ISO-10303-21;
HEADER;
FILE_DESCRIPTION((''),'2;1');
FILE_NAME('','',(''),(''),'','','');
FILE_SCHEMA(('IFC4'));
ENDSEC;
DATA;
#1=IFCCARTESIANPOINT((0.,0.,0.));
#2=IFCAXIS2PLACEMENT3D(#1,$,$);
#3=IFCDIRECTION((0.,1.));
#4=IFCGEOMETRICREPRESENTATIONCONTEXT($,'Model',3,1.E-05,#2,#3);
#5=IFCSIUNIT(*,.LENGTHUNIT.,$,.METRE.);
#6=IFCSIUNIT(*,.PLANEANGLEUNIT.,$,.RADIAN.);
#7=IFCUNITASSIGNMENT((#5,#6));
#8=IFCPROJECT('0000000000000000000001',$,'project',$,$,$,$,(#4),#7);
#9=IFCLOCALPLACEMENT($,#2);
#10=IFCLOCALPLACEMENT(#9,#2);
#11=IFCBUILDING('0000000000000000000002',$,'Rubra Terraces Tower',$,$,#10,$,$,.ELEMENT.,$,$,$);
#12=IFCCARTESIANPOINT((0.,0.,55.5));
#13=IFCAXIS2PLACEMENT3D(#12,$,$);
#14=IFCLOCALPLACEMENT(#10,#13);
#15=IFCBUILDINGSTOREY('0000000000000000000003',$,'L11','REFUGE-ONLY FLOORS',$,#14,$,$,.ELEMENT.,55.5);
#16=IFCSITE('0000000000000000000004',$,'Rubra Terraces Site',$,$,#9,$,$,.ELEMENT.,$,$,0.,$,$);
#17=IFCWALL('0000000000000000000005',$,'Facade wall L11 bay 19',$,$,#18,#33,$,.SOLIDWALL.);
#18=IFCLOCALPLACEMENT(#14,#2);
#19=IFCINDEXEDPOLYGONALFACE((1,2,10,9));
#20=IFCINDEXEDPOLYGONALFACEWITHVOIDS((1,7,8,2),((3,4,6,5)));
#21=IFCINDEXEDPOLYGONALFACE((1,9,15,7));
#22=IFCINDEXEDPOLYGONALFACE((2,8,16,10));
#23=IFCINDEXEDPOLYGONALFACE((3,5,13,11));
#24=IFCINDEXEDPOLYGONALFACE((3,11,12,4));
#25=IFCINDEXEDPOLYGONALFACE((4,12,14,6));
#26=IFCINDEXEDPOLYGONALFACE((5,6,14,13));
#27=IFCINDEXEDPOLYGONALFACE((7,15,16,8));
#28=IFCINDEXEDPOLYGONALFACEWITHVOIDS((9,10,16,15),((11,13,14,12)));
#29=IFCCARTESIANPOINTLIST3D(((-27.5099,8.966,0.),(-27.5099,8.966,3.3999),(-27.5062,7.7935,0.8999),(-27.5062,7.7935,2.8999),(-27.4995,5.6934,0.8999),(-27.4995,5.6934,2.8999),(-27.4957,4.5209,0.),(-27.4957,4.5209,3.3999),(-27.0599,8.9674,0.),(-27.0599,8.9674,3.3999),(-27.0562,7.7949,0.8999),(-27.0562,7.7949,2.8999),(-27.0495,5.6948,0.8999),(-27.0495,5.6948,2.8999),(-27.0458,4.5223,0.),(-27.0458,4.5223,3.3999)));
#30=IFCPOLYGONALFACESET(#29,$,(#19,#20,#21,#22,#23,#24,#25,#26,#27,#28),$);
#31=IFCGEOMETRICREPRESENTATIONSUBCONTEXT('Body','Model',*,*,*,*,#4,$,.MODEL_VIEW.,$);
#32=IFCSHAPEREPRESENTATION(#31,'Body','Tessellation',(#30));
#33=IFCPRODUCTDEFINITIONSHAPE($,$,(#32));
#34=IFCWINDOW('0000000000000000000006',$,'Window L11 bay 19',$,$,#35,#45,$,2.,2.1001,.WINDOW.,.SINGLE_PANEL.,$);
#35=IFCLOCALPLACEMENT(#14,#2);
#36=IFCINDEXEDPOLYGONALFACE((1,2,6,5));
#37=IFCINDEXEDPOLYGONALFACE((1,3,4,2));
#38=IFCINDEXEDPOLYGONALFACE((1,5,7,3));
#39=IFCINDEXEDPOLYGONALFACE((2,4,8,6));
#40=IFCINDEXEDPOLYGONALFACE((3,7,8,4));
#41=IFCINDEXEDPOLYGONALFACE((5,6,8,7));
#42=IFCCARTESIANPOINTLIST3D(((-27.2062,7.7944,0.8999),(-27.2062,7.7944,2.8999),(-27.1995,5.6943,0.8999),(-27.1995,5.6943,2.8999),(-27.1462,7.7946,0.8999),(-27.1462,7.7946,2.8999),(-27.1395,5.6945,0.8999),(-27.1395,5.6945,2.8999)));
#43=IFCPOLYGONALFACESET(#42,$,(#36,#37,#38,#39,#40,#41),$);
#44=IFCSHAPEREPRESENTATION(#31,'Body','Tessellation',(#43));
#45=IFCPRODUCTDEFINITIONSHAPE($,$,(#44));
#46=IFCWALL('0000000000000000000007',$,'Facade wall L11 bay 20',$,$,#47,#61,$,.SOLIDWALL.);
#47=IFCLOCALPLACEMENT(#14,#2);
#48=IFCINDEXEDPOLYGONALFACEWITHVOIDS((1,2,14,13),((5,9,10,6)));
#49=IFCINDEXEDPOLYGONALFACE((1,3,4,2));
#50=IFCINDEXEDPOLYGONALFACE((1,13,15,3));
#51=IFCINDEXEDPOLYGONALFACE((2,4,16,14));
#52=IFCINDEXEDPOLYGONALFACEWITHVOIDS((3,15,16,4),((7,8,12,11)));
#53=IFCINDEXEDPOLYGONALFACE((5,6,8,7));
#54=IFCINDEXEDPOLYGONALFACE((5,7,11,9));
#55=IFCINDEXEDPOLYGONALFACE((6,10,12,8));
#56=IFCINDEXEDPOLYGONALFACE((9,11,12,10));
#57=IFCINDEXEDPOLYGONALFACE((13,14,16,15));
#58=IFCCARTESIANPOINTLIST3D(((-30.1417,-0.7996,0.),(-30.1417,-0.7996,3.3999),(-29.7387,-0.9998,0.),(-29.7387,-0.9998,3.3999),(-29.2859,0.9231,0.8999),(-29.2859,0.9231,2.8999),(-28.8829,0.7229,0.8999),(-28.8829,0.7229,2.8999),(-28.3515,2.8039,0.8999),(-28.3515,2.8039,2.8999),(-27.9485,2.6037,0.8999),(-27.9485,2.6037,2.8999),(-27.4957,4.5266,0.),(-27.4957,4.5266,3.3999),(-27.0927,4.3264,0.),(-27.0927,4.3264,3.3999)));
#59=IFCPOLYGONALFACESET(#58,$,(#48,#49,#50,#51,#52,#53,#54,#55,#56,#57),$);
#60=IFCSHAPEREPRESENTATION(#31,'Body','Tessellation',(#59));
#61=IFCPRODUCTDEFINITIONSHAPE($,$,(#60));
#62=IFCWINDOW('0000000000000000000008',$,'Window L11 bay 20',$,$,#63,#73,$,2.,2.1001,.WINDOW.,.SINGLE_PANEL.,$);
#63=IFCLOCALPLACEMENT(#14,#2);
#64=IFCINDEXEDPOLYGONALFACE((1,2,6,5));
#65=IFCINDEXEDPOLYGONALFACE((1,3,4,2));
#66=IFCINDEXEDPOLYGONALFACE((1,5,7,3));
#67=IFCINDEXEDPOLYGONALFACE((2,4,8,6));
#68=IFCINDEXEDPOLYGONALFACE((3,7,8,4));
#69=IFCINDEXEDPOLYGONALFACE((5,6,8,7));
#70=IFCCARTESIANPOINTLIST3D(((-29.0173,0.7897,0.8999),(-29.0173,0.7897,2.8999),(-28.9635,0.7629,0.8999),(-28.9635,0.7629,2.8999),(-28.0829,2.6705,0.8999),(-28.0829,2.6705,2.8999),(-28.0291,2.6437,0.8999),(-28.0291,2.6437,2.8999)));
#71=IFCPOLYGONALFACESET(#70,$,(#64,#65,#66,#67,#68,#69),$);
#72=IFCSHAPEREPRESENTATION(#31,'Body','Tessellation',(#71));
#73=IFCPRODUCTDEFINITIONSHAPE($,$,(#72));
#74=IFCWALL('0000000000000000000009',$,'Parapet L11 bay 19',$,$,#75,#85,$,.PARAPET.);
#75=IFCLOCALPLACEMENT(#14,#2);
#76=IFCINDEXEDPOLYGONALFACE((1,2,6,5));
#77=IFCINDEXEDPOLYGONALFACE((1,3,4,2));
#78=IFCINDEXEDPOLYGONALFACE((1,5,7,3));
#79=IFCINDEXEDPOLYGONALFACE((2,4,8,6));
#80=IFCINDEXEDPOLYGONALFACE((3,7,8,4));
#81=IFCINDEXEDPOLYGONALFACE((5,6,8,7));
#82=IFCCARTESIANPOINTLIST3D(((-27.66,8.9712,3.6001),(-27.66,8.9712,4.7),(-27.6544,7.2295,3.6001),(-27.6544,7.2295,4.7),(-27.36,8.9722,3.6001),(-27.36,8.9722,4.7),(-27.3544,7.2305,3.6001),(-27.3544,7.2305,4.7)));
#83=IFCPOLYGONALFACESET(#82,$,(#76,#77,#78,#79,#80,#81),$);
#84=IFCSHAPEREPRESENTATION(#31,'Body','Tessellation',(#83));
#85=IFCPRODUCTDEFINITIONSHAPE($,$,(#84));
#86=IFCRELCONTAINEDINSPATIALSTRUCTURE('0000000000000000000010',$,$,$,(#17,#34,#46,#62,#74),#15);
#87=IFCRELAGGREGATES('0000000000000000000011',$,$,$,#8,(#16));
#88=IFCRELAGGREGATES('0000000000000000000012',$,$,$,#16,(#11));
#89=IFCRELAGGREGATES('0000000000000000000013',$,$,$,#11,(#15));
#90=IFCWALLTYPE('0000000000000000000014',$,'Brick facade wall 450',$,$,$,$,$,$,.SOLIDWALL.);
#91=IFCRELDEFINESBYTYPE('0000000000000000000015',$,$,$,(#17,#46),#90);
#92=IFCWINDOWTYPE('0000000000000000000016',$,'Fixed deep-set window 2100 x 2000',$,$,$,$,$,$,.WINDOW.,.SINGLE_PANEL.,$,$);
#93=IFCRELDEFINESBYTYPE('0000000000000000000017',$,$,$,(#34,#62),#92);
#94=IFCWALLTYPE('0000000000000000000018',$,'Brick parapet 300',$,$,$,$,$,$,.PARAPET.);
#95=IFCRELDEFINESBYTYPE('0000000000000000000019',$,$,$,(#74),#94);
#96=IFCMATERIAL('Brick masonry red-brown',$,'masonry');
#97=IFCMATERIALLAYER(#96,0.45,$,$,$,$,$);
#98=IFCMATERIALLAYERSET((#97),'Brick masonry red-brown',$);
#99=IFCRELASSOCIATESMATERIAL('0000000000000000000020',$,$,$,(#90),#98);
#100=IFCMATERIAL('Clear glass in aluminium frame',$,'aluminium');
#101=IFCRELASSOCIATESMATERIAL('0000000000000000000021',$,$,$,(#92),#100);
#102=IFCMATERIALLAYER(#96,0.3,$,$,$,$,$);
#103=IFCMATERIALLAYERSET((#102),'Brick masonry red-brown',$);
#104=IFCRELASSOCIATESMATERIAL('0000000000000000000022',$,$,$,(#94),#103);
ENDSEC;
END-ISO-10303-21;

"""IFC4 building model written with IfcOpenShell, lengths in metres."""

from ifc_helpers import new_model, si_unit, direction, frame, frame_2d, origin, place, context, subcontext, project, spatial, rectangle, extrude, material, layer, layer_set, type_object, element, fill, save


model = new_model("IFC4")

# Units and contexts
model_context = context("Model", 3, precision=1e-05, world=origin(), true_north=direction((0.0, 1.0)))
body_context = subcontext(model_context, "Body", "Model", "MODEL_VIEW")
ifc_project = project(units=[si_unit("LENGTHUNIT", "METRE"), si_unit("PLANEANGLEUNIT", "RADIAN")], contexts=[model_context])

# Site, building, storey
site_placement = place(None, origin())
site = spatial("IfcSite", under=ifc_project, at=site_placement, Name="Rubra Terraces Site", CompositionType="ELEMENT", RefElevation=0.0)
building_placement = place(site_placement, origin())
building = spatial("IfcBuilding", under=site, at=building_placement, Name="Rubra Terraces Tower", CompositionType="ELEMENT")
storey_placement = place(building_placement, frame((0.0, 0.0, 55.5)))
storey = spatial("IfcBuildingStorey", under=building, at=storey_placement, Name="L11", Description="REFUGE-ONLY FLOORS", CompositionType="ELEMENT", Elevation=55.5)

# Walls, openings, windows
ifc_material_1 = material(Name="Brick masonry red-brown", Category="masonry")
ifc_layer_1 = layer(ifc_material_1, 0.45)
ifc_layer_set_1 = layer_set([ifc_layer_1], Name="Brick masonry red-brown")
wall_type_1 = type_object("IfcWallType", Name="Brick facade wall 450", PredefinedType="SOLIDWALL", material=ifc_layer_set_1)
wall_1_placement = place(storey_placement, frame((-27.2849, 8.9668, 0.0), z_axis=(0.0, 0.0, 1.0), x_axis=(0.003186, -0.999995, 0.0)))
wall_1 = element("IfcWall", 1, at=wall_1_placement, inside=storey, type_object=wall_type_1, Name="Facade wall L11 bay 19", PredefinedType="SOLIDWALL", context=body_context, shape_type="SweptSolid", body=[
    extrude(rectangle(XDim=4.4451, YDim=0.45, at=frame_2d((2.2227, 0.0))), origin(), (0.0, 0.0, 1.0), 3.3999),
])
opening_1_placement = place(wall_1_placement, frame((1.1726, 0.0, 0.8999)))
opening_1 = element("IfcOpeningElement", 2, at=opening_1_placement, cuts=wall_1, PredefinedType="OPENING", context=body_context, shape_type="SweptSolid", body=[
    extrude(rectangle(XDim=2.1001, YDim=2.0, at=frame_2d((1.05, 1.0))), frame((0.0, 0.2349, 0.0), z_axis=(0.0, -1.0, 0.0), x_axis=(1.0, 0.0, 0.0)), (0.0, 0.0, 1.0), 0.47),
])
ifc_material_2 = material(Name="Clear glass in aluminium frame", Category="aluminium")
window_type = type_object("IfcWindowType", Name="Fixed deep-set window 2100 x 2000", PartitioningType="SINGLE_PANEL", PredefinedType="WINDOW", material=ifc_material_2)
window_1_placement = place(opening_1_placement, origin())
window_1 = element("IfcWindow", 3, at=window_1_placement, inside=storey, type_object=window_type, Name="Window L11 bay 19", OverallHeight=2.0, OverallWidth=2.1001, PartitioningType="SINGLE_PANEL", PredefinedType="WINDOW", context=body_context, shape_type="SweptSolid", body=[
    extrude(rectangle(XDim=2.1001, YDim=2.0, at=frame_2d((1.05, 1.0))), frame((0.0, 0.135, 0.0), z_axis=(0.0, -1.0, 0.0), x_axis=(1.0, 0.0, 0.0)), (0.0, 0.0, 1.0), 0.0601),
])
fill(opening_1, window_1)
wall_2_placement = place(storey_placement, frame((-27.2942, 4.4265, 0.0), z_axis=(0.0, 0.0, 1.0), x_axis=(-0.444913, -0.895574, 0.0)))
wall_2 = element("IfcWall", 4, at=wall_2_placement, inside=storey, type_object=wall_type_1, Name="Facade wall L11 bay 20", PredefinedType="SOLIDWALL", context=body_context, shape_type="SweptSolid", body=[
    extrude(rectangle(XDim=5.9473, YDim=0.45, at=frame_2d((2.9736, 0.0))), origin(), (0.0, 0.0, 1.0), 3.3999),
])
opening_2_placement = place(wall_2_placement, frame((1.9236, 0.0, 0.8999)))
opening_2 = element("IfcOpeningElement", 5, at=opening_2_placement, cuts=wall_2, PredefinedType="OPENING", context=body_context, shape_type="SweptSolid", body=[
    extrude(rectangle(XDim=2.1001, YDim=2.0, at=frame_2d((1.05, 1.0))), frame((0.0, 0.2349, 0.0), z_axis=(0.0, -1.0, 0.0), x_axis=(1.0, 0.0, 0.0)), (0.0, 0.0, 1.0), 0.47),
])
window_2_placement = place(opening_2_placement, origin())
window_2 = element("IfcWindow", 6, at=window_2_placement, inside=storey, type_object=window_type, Name="Window L11 bay 20", OverallHeight=2.0, OverallWidth=2.1001, PartitioningType="SINGLE_PANEL", PredefinedType="WINDOW", context=body_context, shape_type="SweptSolid", body=[
    extrude(rectangle(XDim=2.1001, YDim=2.0, at=frame_2d((1.05, 1.0))), frame((0.0, 0.135, 0.0), z_axis=(0.0, -1.0, 0.0), x_axis=(1.0, 0.0, 0.0)), (0.0, 0.0, 1.0), 0.0601),
])
fill(opening_2, window_2)

# Wall
ifc_layer_2 = layer(ifc_material_1, 0.3)
ifc_layer_set_2 = layer_set([ifc_layer_2], Name="Brick masonry red-brown")
wall_type_2 = type_object("IfcWallType", Name="Brick parapet 300", PredefinedType="PARAPET", material=ifc_layer_set_2)
wall_3_placement = place(storey_placement, frame((-27.51, 8.9717, 3.6001), z_axis=(0.0, 0.0, 1.0), x_axis=(0.003224, -0.999995, 0.0)))
element("IfcWall", 7, at=wall_3_placement, inside=storey, type_object=wall_type_2, Name="Parapet L11 bay 19", PredefinedType="PARAPET", context=body_context, shape_type="SweptSolid", body=[
    extrude(rectangle(XDim=1.7417, YDim=0.3, at=frame_2d((0.8708, 0.0))), origin(), (0.0, 0.0, 1.0), 1.0999),
])

save(model, "model.ifc")
